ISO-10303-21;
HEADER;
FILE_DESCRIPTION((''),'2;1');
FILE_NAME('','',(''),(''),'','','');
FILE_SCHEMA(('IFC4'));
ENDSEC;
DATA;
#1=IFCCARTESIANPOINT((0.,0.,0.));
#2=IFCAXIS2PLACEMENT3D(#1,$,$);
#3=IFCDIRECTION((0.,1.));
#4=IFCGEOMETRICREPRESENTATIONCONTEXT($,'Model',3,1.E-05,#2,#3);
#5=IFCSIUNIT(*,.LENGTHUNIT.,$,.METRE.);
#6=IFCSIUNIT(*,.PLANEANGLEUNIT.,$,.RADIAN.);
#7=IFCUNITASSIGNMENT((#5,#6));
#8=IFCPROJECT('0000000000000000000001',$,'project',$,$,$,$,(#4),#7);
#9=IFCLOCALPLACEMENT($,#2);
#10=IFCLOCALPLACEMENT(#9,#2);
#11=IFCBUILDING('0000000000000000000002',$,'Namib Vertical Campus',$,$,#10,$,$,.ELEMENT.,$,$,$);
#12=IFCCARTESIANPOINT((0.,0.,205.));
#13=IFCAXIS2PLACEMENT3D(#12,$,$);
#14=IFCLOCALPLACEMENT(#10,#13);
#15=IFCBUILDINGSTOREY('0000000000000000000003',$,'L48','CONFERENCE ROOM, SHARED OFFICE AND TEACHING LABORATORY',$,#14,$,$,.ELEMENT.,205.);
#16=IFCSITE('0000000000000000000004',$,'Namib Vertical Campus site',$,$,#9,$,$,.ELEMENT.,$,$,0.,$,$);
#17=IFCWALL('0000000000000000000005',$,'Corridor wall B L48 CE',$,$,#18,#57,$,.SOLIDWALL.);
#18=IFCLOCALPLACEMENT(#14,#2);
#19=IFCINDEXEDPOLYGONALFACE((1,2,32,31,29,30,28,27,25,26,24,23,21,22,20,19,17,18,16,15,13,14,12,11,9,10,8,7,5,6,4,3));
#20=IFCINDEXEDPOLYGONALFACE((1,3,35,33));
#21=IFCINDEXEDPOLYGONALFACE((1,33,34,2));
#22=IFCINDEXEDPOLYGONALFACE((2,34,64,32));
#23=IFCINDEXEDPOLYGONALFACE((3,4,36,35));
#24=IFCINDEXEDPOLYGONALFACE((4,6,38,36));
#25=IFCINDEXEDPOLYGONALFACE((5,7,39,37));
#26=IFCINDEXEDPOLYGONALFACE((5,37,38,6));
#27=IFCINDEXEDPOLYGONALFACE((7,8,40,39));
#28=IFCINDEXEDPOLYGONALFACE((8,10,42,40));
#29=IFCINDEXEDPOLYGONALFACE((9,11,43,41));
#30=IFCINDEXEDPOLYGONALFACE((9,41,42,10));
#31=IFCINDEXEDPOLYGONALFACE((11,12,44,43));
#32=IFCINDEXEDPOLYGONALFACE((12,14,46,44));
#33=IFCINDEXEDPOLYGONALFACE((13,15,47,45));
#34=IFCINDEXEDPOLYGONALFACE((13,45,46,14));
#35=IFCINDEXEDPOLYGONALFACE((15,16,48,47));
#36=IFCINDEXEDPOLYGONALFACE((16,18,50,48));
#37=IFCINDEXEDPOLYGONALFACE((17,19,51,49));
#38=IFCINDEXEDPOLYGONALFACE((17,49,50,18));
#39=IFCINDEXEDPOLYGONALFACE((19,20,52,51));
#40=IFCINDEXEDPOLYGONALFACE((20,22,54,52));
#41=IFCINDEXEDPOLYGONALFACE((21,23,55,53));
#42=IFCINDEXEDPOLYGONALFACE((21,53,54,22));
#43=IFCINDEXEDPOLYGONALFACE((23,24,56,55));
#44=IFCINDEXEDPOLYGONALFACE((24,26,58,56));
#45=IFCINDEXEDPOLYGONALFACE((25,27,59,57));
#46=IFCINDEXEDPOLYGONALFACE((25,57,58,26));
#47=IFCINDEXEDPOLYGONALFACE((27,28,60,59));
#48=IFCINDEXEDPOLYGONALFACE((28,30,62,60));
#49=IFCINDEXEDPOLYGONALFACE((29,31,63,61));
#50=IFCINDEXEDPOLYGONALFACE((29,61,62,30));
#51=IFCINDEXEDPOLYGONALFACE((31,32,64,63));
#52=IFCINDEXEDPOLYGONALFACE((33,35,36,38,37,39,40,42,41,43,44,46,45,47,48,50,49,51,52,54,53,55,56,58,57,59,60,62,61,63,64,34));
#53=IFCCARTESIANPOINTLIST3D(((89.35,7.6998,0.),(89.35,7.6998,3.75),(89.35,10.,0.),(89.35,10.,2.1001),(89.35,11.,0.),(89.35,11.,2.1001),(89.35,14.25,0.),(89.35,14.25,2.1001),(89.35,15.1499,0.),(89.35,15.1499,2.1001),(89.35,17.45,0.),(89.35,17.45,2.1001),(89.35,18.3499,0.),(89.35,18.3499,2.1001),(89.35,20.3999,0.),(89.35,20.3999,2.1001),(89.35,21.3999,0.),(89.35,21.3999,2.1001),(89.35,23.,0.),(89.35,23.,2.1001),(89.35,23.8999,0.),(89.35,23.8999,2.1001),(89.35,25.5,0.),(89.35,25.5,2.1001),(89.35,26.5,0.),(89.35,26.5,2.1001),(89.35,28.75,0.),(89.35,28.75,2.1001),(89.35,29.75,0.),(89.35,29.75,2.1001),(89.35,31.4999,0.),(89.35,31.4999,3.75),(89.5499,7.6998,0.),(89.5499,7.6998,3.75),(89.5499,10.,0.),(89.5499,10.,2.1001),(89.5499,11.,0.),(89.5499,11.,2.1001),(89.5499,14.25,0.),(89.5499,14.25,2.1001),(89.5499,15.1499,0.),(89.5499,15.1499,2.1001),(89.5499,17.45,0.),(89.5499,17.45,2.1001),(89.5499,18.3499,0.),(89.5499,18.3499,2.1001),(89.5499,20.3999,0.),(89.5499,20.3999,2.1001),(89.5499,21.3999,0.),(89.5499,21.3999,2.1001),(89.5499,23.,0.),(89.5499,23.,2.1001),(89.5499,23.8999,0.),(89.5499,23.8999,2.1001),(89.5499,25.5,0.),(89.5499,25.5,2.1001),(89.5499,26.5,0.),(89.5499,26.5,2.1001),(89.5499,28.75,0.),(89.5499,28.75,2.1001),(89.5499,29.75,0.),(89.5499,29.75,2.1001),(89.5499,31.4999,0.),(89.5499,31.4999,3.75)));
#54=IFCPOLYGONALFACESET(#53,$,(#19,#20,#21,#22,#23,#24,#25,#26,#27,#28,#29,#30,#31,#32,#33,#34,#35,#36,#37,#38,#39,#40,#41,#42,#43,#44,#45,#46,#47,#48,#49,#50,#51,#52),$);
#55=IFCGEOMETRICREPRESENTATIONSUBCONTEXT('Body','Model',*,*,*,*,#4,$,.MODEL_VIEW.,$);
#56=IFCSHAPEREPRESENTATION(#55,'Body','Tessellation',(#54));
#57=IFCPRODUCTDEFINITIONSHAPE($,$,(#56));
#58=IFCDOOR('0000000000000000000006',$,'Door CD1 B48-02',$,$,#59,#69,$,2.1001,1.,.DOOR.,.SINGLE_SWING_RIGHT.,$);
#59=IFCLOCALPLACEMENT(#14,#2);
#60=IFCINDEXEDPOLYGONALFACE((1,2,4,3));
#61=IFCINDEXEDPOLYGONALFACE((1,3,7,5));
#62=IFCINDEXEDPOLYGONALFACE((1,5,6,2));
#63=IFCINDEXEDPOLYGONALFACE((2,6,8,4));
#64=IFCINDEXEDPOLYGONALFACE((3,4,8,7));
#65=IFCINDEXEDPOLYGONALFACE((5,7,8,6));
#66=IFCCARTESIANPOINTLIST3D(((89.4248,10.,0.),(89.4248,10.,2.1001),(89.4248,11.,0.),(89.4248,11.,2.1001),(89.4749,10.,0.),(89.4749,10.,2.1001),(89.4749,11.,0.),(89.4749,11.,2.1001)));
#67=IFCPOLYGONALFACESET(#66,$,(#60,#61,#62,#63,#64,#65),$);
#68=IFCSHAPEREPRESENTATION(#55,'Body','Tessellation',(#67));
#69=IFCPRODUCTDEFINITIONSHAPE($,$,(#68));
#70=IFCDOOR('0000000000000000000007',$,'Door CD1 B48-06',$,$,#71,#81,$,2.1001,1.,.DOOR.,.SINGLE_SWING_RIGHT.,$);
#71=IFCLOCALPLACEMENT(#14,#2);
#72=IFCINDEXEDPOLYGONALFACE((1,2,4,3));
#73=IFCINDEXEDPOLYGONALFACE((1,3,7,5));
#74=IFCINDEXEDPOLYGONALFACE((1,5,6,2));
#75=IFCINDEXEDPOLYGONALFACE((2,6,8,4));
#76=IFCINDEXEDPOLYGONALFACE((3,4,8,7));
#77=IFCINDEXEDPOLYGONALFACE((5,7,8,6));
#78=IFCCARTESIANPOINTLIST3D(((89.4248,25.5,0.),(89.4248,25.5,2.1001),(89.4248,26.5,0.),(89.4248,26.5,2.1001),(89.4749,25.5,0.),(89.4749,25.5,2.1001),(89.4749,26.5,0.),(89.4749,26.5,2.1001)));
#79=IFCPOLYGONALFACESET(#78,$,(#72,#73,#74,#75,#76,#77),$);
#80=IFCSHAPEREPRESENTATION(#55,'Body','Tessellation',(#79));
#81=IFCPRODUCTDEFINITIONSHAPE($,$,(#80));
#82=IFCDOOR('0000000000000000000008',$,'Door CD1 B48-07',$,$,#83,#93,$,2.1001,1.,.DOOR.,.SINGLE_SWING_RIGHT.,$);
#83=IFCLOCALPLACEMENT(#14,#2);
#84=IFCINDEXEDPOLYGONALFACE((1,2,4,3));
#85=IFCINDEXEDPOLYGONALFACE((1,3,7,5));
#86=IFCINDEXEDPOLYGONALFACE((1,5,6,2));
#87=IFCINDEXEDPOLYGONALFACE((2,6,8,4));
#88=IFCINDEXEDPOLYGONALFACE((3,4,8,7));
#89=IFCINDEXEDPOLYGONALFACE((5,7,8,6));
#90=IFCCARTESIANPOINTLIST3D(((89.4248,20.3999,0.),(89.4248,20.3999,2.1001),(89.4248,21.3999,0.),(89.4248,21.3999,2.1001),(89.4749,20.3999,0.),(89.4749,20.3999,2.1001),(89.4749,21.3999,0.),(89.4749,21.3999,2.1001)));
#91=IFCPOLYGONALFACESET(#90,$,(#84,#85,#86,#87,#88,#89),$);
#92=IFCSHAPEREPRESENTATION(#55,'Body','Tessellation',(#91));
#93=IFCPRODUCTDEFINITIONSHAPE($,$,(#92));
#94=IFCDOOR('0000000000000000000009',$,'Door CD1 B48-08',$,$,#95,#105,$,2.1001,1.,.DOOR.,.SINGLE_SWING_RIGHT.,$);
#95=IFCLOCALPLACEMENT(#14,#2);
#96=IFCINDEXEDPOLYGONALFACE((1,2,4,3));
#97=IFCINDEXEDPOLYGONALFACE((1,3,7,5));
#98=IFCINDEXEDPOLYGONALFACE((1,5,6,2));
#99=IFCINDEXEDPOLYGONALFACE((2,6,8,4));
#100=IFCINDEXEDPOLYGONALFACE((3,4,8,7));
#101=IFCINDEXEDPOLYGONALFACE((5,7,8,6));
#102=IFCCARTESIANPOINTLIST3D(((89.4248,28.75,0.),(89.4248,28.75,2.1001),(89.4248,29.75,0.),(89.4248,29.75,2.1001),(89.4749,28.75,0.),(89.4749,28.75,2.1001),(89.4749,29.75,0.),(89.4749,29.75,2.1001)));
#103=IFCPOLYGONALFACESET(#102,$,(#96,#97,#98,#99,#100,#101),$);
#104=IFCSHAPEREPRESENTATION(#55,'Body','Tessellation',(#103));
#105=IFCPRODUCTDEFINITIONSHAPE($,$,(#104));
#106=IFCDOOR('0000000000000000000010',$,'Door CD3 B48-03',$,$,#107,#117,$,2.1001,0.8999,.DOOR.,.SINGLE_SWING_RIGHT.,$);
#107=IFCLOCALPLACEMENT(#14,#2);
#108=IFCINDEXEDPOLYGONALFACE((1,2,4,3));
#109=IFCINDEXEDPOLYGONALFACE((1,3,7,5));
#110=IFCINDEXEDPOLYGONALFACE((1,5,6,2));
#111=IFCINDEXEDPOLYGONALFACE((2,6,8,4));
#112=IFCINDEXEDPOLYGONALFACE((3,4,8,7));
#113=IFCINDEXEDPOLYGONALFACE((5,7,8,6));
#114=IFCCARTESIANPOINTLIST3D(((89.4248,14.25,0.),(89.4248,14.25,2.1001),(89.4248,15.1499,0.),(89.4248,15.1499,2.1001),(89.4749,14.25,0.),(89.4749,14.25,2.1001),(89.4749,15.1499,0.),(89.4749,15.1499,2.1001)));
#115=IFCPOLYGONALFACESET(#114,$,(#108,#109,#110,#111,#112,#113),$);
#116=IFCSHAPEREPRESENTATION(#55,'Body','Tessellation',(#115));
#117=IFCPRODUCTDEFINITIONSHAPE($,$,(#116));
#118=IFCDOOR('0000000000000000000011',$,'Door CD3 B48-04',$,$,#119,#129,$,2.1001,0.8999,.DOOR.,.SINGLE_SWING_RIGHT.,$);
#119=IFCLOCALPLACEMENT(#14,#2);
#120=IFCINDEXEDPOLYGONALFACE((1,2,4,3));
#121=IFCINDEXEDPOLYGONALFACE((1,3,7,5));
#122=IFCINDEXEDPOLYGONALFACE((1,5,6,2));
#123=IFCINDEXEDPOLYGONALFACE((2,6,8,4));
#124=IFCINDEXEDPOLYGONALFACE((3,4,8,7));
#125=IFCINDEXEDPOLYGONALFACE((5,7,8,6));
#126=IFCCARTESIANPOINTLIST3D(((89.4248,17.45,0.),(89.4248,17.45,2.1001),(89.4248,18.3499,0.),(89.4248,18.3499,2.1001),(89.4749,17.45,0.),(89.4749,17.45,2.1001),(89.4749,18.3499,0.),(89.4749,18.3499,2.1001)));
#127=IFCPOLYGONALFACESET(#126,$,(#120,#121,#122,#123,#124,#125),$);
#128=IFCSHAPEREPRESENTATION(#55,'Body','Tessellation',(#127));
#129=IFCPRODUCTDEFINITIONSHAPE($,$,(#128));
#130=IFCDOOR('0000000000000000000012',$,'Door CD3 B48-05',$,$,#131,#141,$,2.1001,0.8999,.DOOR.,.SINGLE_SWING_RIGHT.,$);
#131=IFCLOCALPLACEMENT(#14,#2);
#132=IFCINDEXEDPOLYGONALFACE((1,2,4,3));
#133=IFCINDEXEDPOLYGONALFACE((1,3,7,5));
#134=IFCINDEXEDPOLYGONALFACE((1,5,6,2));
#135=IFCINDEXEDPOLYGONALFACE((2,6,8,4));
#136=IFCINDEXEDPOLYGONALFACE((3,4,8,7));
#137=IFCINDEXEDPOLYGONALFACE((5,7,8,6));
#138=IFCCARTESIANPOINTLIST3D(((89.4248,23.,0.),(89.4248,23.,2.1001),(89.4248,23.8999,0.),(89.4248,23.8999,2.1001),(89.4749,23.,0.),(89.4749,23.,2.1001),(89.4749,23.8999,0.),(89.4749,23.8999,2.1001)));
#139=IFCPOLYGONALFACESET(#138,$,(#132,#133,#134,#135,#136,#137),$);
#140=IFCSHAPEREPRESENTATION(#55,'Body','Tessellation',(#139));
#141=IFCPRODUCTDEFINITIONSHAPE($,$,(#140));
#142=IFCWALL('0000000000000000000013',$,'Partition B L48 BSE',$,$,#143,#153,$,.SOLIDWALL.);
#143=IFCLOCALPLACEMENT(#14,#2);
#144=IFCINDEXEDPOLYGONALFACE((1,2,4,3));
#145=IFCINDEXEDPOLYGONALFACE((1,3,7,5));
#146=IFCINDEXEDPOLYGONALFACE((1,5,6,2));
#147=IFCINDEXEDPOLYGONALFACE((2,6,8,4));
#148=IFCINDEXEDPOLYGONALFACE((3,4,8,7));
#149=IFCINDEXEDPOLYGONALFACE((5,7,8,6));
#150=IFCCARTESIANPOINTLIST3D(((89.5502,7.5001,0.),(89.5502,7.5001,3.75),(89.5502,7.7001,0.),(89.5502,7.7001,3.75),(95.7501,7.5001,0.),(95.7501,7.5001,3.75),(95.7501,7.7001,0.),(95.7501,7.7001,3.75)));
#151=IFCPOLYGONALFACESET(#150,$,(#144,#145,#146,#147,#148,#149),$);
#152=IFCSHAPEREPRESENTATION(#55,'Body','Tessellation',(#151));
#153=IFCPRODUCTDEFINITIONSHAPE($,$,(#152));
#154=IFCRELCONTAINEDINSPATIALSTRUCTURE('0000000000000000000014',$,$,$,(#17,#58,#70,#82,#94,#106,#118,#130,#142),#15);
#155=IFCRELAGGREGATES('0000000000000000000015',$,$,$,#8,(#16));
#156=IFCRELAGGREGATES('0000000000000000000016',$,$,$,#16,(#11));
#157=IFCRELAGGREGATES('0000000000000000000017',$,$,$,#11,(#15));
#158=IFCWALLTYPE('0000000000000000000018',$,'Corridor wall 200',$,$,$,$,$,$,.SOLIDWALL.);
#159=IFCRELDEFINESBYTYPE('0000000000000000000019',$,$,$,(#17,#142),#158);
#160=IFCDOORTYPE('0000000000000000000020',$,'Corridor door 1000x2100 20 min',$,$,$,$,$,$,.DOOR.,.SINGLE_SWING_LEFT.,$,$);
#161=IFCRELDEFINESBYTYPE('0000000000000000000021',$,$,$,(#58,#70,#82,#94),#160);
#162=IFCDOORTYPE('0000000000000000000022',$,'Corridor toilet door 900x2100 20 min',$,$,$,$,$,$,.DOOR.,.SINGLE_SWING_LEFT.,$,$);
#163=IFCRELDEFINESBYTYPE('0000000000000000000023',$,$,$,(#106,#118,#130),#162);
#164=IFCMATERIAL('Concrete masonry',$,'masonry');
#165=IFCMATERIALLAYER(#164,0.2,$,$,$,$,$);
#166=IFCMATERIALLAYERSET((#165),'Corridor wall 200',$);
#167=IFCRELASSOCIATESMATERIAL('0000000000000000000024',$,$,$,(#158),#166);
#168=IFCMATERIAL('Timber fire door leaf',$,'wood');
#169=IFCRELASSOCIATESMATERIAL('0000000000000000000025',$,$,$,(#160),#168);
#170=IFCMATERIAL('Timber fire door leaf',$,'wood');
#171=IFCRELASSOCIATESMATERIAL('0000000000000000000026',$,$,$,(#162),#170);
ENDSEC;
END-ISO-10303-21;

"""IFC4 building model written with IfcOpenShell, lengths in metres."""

from ifc_helpers import new_model, si_unit, direction, frame, frame_2d, origin, place, context, subcontext, project, spatial, rectangle, extrude, material, layer, layer_set, type_object, element, fill, save


model = new_model("IFC4")

# Units and contexts
model_context = context("Model", 3, precision=1e-05, world=origin(), true_north=direction((0.0, 1.0)))
body_context = subcontext(model_context, "Body", "Model", "MODEL_VIEW")
ifc_project = project(units=[si_unit("LENGTHUNIT", "METRE"), si_unit("PLANEANGLEUNIT", "RADIAN")], contexts=[model_context])

# Site, building, storey
site_placement = place(None, origin())
site = spatial("IfcSite", under=ifc_project, at=site_placement, Name="Namib Vertical Campus site", CompositionType="ELEMENT", RefElevation=0.0)
building_placement = place(site_placement, origin())
building = spatial("IfcBuilding", under=site, at=building_placement, Name="Namib Vertical Campus", CompositionType="ELEMENT")
storey_placement = place(building_placement, frame((0.0, 0.0, 205.0)))
storey = spatial("IfcBuildingStorey", under=building, at=storey_placement, Name="L48", Description="CONFERENCE ROOM, SHARED OFFICE AND TEACHING LABORATORY", CompositionType="ELEMENT", Elevation=205.0)

# Wall, openings, doors
ifc_material_1 = material(Name="Concrete masonry", Category="masonry")
ifc_layer_1 = layer(ifc_material_1, 0.2)
ifc_layer_set_1 = layer_set([ifc_layer_1], Name="Corridor wall 200")
wall_type_1 = type_object("IfcWallType", Name="Corridor wall 200", PredefinedType="SOLIDWALL", material=ifc_layer_set_1)
wall_1_placement = place(storey_placement, frame((89.45, 7.7, 0.0), z_axis=(0.0, 0.0, 1.0), x_axis=(0.0, 1.0, 0.0)))
wall_1 = element("IfcWall", 1, at=wall_1_placement, inside=storey, type_object=wall_type_1, Name="Corridor wall B L48 CE", PredefinedType="SOLIDWALL", context=body_context, shape_type="SweptSolid", body=[
    extrude(rectangle(XDim=23.8, YDim=0.2, at=frame_2d((11.8999, 0.0))), origin(), (0.0, 0.0, 1.0), 3.75),
])
opening_1_placement = place(wall_1_placement, frame((2.3, 0.0, 0.0)))
opening_1 = element("IfcOpeningElement", 2, at=opening_1_placement, cuts=wall_1, PredefinedType="OPENING", context=body_context, shape_type="SweptSolid", body=[
    extrude(rectangle(XDim=1.0, YDim=2.1001, at=frame_2d((0.5, 1.05))), frame((0.0, 0.1099, 0.0), z_axis=(0.0, -1.0, 0.0), x_axis=(1.0, 0.0, 0.0)), (0.0, 0.0, 1.0), 0.22),
])
opening_2_placement = place(wall_1_placement, frame((6.55, 0.0, 0.0)))
opening_2 = element("IfcOpeningElement", 3, at=opening_2_placement, cuts=wall_1, PredefinedType="OPENING", context=body_context, shape_type="SweptSolid", body=[
    extrude(rectangle(XDim=0.8999, YDim=2.1001, at=frame_2d((0.45, 1.05))), frame((0.0, 0.1099, 0.0), z_axis=(0.0, -1.0, 0.0), x_axis=(1.0, 0.0, 0.0)), (0.0, 0.0, 1.0), 0.22),
])
opening_3_placement = place(wall_1_placement, frame((9.75, 0.0, 0.0)))
opening_3 = element("IfcOpeningElement", 4, at=opening_3_placement, cuts=wall_1, PredefinedType="OPENING", context=body_context, shape_type="SweptSolid", body=[
    extrude(rectangle(XDim=0.8999, YDim=2.1001, at=frame_2d((0.45, 1.05))), frame((0.0, 0.1099, 0.0), z_axis=(0.0, -1.0, 0.0), x_axis=(1.0, 0.0, 0.0)), (0.0, 0.0, 1.0), 0.22),
])
opening_4_placement = place(wall_1_placement, frame((15.3, 0.0, 0.0)))
opening_4 = element("IfcOpeningElement", 5, at=opening_4_placement, cuts=wall_1, PredefinedType="OPENING", context=body_context, shape_type="SweptSolid", body=[
    extrude(rectangle(XDim=0.8999, YDim=2.1001, at=frame_2d((0.45, 1.05))), frame((0.0, 0.1099, 0.0), z_axis=(0.0, -1.0, 0.0), x_axis=(1.0, 0.0, 0.0)), (0.0, 0.0, 1.0), 0.22),
])
opening_5_placement = place(wall_1_placement, frame((17.8, 0.0, 0.0)))
opening_5 = element("IfcOpeningElement", 6, at=opening_5_placement, cuts=wall_1, PredefinedType="OPENING", context=body_context, shape_type="SweptSolid", body=[
    extrude(rectangle(XDim=1.0, YDim=2.1001, at=frame_2d((0.5, 1.05))), frame((0.0, 0.1099, 0.0), z_axis=(0.0, -1.0, 0.0), x_axis=(1.0, 0.0, 0.0)), (0.0, 0.0, 1.0), 0.22),
])
opening_6_placement = place(wall_1_placement, frame((12.7, 0.0, 0.0)))
opening_6 = element("IfcOpeningElement", 7, at=opening_6_placement, cuts=wall_1, PredefinedType="OPENING", context=body_context, shape_type="SweptSolid", body=[
    extrude(rectangle(XDim=1.0, YDim=2.1001, at=frame_2d((0.5, 1.05))), frame((0.0, 0.1099, 0.0), z_axis=(0.0, -1.0, 0.0), x_axis=(1.0, 0.0, 0.0)), (0.0, 0.0, 1.0), 0.22),
])
opening_7_placement = place(wall_1_placement, frame((21.05, 0.0, 0.0)))
opening_7 = element("IfcOpeningElement", 8, at=opening_7_placement, cuts=wall_1, PredefinedType="OPENING", context=body_context, shape_type="SweptSolid", body=[
    extrude(rectangle(XDim=1.0, YDim=2.1001, at=frame_2d((0.5, 1.05))), frame((0.0, 0.1099, 0.0), z_axis=(0.0, -1.0, 0.0), x_axis=(1.0, 0.0, 0.0)), (0.0, 0.0, 1.0), 0.22),
])
ifc_material_2 = material(Name="Timber fire door leaf", Category="wood")
door_type_1 = type_object("IfcDoorType", Name="Corridor door 1000x2100 20 min", OperationType="SINGLE_SWING_LEFT", PredefinedType="DOOR", material=ifc_material_2)
door_1_placement = place(opening_1_placement, frame((1.0, 0.0, 0.0), z_axis=(0.0, 0.0, 1.0), x_axis=(-1.0, 0.0, 0.0)))
door_1 = element("IfcDoor", 9, at=door_1_placement, inside=storey, type_object=door_type_1, Name="Door CD1 B48-02", OperationType="SINGLE_SWING_RIGHT", OverallHeight=2.1001, OverallWidth=1.0, PredefinedType="DOOR", context=body_context, shape_type="SweptSolid", body=[
    extrude(rectangle(XDim=1.0, YDim=2.1001, at=frame_2d((0.5, 1.05))), frame((0.0, 0.0249, 0.0), z_axis=(0.0, -1.0, 0.0), x_axis=(1.0, 0.0, 0.0)), (0.0, 0.0, 1.0), 0.05),
])
fill(opening_1, door_1)
door_2_placement = place(opening_5_placement, frame((1.0, 0.0, 0.0), z_axis=(0.0, 0.0, 1.0), x_axis=(-1.0, 0.0, 0.0)))
door_2 = element("IfcDoor", 10, at=door_2_placement, inside=storey, type_object=door_type_1, Name="Door CD1 B48-06", OperationType="SINGLE_SWING_RIGHT", OverallHeight=2.1001, OverallWidth=1.0, PredefinedType="DOOR", context=body_context, shape_type="SweptSolid", body=[
    extrude(rectangle(XDim=1.0, YDim=2.1001, at=frame_2d((0.5, 1.05))), frame((0.0, 0.0249, 0.0), z_axis=(0.0, -1.0, 0.0), x_axis=(1.0, 0.0, 0.0)), (0.0, 0.0, 1.0), 0.05),
])
fill(opening_5, door_2)
door_3_placement = place(opening_6_placement, frame((1.0, 0.0, 0.0), z_axis=(0.0, 0.0, 1.0), x_axis=(-1.0, 0.0, 0.0)))
door_3 = element("IfcDoor", 11, at=door_3_placement, inside=storey, type_object=door_type_1, Name="Door CD1 B48-07", OperationType="SINGLE_SWING_RIGHT", OverallHeight=2.1001, OverallWidth=1.0, PredefinedType="DOOR", context=body_context, shape_type="SweptSolid", body=[
    extrude(rectangle(XDim=1.0, YDim=2.1001, at=frame_2d((0.5, 1.05))), frame((0.0, 0.0249, 0.0), z_axis=(0.0, -1.0, 0.0), x_axis=(1.0, 0.0, 0.0)), (0.0, 0.0, 1.0), 0.05),
])
fill(opening_6, door_3)
door_4_placement = place(opening_7_placement, frame((1.0, 0.0, 0.0), z_axis=(0.0, 0.0, 1.0), x_axis=(-1.0, 0.0, 0.0)))
door_4 = element("IfcDoor", 12, at=door_4_placement, inside=storey, type_object=door_type_1, Name="Door CD1 B48-08", OperationType="SINGLE_SWING_RIGHT", OverallHeight=2.1001, OverallWidth=1.0, PredefinedType="DOOR", context=body_context, shape_type="SweptSolid", body=[
    extrude(rectangle(XDim=1.0, YDim=2.1001, at=frame_2d((0.5, 1.05))), frame((0.0, 0.0249, 0.0), z_axis=(0.0, -1.0, 0.0), x_axis=(1.0, 0.0, 0.0)), (0.0, 0.0, 1.0), 0.05),
])
fill(opening_7, door_4)
ifc_material_3 = material(Name="Timber fire door leaf", Category="wood")
door_type_2 = type_object("IfcDoorType", Name="Corridor toilet door 900x2100 20 min", OperationType="SINGLE_SWING_LEFT", PredefinedType="DOOR", material=ifc_material_3)
door_5_placement = place(opening_2_placement, frame((0.8999, 0.0, 0.0), z_axis=(0.0, 0.0, 1.0), x_axis=(-1.0, 0.0, 0.0)))
door_5 = element("IfcDoor", 13, at=door_5_placement, inside=storey, type_object=door_type_2, Name="Door CD3 B48-03", OperationType="SINGLE_SWING_RIGHT", OverallHeight=2.1001, OverallWidth=0.8999, PredefinedType="DOOR", context=body_context, shape_type="SweptSolid", body=[
    extrude(rectangle(XDim=0.8999, YDim=2.1001, at=frame_2d((0.45, 1.05))), frame((0.0, 0.0249, 0.0), z_axis=(0.0, -1.0, 0.0), x_axis=(1.0, 0.0, 0.0)), (0.0, 0.0, 1.0), 0.05),
])
fill(opening_2, door_5)
door_6_placement = place(opening_3_placement, frame((0.8999, 0.0, 0.0), z_axis=(0.0, 0.0, 1.0), x_axis=(-1.0, 0.0, 0.0)))
door_6 = element("IfcDoor", 14, at=door_6_placement, inside=storey, type_object=door_type_2, Name="Door CD3 B48-04", OperationType="SINGLE_SWING_RIGHT", OverallHeight=2.1001, OverallWidth=0.8999, PredefinedType="DOOR", context=body_context, shape_type="SweptSolid", body=[
    extrude(rectangle(XDim=0.8999, YDim=2.1001, at=frame_2d((0.45, 1.05))), frame((0.0, 0.0249, 0.0), z_axis=(0.0, -1.0, 0.0), x_axis=(1.0, 0.0, 0.0)), (0.0, 0.0, 1.0), 0.05),
])
fill(opening_3, door_6)
door_7_placement = place(opening_4_placement, frame((0.8999, 0.0, 0.0), z_axis=(0.0, 0.0, 1.0), x_axis=(-1.0, 0.0, 0.0)))
door_7 = element("IfcDoor", 15, at=door_7_placement, inside=storey, type_object=door_type_2, Name="Door CD3 B48-05", OperationType="SINGLE_SWING_RIGHT", OverallHeight=2.1001, OverallWidth=0.8999, PredefinedType="DOOR", context=body_context, shape_type="SweptSolid", body=[
    extrude(rectangle(XDim=0.8999, YDim=2.1001, at=frame_2d((0.45, 1.05))), frame((0.0, 0.0249, 0.0), z_axis=(0.0, -1.0, 0.0), x_axis=(1.0, 0.0, 0.0)), (0.0, 0.0, 1.0), 0.05),
])
fill(opening_4, door_7)

# Wall
wall_2_placement = place(storey_placement, frame((89.55, 7.6001, 0.0), z_axis=(0.0, 0.0, 1.0), x_axis=(1.0, 0.0, 0.0)))
element("IfcWall", 16, at=wall_2_placement, inside=storey, type_object=wall_type_1, Name="Partition B L48 BSE", PredefinedType="SOLIDWALL", context=body_context, shape_type="SweptSolid", body=[
    extrude(rectangle(XDim=6.2, YDim=0.2, at=frame_2d((3.1001, 0.0))), origin(), (0.0, 0.0, 1.0), 3.75),
])

save(model, "model.ifc")
